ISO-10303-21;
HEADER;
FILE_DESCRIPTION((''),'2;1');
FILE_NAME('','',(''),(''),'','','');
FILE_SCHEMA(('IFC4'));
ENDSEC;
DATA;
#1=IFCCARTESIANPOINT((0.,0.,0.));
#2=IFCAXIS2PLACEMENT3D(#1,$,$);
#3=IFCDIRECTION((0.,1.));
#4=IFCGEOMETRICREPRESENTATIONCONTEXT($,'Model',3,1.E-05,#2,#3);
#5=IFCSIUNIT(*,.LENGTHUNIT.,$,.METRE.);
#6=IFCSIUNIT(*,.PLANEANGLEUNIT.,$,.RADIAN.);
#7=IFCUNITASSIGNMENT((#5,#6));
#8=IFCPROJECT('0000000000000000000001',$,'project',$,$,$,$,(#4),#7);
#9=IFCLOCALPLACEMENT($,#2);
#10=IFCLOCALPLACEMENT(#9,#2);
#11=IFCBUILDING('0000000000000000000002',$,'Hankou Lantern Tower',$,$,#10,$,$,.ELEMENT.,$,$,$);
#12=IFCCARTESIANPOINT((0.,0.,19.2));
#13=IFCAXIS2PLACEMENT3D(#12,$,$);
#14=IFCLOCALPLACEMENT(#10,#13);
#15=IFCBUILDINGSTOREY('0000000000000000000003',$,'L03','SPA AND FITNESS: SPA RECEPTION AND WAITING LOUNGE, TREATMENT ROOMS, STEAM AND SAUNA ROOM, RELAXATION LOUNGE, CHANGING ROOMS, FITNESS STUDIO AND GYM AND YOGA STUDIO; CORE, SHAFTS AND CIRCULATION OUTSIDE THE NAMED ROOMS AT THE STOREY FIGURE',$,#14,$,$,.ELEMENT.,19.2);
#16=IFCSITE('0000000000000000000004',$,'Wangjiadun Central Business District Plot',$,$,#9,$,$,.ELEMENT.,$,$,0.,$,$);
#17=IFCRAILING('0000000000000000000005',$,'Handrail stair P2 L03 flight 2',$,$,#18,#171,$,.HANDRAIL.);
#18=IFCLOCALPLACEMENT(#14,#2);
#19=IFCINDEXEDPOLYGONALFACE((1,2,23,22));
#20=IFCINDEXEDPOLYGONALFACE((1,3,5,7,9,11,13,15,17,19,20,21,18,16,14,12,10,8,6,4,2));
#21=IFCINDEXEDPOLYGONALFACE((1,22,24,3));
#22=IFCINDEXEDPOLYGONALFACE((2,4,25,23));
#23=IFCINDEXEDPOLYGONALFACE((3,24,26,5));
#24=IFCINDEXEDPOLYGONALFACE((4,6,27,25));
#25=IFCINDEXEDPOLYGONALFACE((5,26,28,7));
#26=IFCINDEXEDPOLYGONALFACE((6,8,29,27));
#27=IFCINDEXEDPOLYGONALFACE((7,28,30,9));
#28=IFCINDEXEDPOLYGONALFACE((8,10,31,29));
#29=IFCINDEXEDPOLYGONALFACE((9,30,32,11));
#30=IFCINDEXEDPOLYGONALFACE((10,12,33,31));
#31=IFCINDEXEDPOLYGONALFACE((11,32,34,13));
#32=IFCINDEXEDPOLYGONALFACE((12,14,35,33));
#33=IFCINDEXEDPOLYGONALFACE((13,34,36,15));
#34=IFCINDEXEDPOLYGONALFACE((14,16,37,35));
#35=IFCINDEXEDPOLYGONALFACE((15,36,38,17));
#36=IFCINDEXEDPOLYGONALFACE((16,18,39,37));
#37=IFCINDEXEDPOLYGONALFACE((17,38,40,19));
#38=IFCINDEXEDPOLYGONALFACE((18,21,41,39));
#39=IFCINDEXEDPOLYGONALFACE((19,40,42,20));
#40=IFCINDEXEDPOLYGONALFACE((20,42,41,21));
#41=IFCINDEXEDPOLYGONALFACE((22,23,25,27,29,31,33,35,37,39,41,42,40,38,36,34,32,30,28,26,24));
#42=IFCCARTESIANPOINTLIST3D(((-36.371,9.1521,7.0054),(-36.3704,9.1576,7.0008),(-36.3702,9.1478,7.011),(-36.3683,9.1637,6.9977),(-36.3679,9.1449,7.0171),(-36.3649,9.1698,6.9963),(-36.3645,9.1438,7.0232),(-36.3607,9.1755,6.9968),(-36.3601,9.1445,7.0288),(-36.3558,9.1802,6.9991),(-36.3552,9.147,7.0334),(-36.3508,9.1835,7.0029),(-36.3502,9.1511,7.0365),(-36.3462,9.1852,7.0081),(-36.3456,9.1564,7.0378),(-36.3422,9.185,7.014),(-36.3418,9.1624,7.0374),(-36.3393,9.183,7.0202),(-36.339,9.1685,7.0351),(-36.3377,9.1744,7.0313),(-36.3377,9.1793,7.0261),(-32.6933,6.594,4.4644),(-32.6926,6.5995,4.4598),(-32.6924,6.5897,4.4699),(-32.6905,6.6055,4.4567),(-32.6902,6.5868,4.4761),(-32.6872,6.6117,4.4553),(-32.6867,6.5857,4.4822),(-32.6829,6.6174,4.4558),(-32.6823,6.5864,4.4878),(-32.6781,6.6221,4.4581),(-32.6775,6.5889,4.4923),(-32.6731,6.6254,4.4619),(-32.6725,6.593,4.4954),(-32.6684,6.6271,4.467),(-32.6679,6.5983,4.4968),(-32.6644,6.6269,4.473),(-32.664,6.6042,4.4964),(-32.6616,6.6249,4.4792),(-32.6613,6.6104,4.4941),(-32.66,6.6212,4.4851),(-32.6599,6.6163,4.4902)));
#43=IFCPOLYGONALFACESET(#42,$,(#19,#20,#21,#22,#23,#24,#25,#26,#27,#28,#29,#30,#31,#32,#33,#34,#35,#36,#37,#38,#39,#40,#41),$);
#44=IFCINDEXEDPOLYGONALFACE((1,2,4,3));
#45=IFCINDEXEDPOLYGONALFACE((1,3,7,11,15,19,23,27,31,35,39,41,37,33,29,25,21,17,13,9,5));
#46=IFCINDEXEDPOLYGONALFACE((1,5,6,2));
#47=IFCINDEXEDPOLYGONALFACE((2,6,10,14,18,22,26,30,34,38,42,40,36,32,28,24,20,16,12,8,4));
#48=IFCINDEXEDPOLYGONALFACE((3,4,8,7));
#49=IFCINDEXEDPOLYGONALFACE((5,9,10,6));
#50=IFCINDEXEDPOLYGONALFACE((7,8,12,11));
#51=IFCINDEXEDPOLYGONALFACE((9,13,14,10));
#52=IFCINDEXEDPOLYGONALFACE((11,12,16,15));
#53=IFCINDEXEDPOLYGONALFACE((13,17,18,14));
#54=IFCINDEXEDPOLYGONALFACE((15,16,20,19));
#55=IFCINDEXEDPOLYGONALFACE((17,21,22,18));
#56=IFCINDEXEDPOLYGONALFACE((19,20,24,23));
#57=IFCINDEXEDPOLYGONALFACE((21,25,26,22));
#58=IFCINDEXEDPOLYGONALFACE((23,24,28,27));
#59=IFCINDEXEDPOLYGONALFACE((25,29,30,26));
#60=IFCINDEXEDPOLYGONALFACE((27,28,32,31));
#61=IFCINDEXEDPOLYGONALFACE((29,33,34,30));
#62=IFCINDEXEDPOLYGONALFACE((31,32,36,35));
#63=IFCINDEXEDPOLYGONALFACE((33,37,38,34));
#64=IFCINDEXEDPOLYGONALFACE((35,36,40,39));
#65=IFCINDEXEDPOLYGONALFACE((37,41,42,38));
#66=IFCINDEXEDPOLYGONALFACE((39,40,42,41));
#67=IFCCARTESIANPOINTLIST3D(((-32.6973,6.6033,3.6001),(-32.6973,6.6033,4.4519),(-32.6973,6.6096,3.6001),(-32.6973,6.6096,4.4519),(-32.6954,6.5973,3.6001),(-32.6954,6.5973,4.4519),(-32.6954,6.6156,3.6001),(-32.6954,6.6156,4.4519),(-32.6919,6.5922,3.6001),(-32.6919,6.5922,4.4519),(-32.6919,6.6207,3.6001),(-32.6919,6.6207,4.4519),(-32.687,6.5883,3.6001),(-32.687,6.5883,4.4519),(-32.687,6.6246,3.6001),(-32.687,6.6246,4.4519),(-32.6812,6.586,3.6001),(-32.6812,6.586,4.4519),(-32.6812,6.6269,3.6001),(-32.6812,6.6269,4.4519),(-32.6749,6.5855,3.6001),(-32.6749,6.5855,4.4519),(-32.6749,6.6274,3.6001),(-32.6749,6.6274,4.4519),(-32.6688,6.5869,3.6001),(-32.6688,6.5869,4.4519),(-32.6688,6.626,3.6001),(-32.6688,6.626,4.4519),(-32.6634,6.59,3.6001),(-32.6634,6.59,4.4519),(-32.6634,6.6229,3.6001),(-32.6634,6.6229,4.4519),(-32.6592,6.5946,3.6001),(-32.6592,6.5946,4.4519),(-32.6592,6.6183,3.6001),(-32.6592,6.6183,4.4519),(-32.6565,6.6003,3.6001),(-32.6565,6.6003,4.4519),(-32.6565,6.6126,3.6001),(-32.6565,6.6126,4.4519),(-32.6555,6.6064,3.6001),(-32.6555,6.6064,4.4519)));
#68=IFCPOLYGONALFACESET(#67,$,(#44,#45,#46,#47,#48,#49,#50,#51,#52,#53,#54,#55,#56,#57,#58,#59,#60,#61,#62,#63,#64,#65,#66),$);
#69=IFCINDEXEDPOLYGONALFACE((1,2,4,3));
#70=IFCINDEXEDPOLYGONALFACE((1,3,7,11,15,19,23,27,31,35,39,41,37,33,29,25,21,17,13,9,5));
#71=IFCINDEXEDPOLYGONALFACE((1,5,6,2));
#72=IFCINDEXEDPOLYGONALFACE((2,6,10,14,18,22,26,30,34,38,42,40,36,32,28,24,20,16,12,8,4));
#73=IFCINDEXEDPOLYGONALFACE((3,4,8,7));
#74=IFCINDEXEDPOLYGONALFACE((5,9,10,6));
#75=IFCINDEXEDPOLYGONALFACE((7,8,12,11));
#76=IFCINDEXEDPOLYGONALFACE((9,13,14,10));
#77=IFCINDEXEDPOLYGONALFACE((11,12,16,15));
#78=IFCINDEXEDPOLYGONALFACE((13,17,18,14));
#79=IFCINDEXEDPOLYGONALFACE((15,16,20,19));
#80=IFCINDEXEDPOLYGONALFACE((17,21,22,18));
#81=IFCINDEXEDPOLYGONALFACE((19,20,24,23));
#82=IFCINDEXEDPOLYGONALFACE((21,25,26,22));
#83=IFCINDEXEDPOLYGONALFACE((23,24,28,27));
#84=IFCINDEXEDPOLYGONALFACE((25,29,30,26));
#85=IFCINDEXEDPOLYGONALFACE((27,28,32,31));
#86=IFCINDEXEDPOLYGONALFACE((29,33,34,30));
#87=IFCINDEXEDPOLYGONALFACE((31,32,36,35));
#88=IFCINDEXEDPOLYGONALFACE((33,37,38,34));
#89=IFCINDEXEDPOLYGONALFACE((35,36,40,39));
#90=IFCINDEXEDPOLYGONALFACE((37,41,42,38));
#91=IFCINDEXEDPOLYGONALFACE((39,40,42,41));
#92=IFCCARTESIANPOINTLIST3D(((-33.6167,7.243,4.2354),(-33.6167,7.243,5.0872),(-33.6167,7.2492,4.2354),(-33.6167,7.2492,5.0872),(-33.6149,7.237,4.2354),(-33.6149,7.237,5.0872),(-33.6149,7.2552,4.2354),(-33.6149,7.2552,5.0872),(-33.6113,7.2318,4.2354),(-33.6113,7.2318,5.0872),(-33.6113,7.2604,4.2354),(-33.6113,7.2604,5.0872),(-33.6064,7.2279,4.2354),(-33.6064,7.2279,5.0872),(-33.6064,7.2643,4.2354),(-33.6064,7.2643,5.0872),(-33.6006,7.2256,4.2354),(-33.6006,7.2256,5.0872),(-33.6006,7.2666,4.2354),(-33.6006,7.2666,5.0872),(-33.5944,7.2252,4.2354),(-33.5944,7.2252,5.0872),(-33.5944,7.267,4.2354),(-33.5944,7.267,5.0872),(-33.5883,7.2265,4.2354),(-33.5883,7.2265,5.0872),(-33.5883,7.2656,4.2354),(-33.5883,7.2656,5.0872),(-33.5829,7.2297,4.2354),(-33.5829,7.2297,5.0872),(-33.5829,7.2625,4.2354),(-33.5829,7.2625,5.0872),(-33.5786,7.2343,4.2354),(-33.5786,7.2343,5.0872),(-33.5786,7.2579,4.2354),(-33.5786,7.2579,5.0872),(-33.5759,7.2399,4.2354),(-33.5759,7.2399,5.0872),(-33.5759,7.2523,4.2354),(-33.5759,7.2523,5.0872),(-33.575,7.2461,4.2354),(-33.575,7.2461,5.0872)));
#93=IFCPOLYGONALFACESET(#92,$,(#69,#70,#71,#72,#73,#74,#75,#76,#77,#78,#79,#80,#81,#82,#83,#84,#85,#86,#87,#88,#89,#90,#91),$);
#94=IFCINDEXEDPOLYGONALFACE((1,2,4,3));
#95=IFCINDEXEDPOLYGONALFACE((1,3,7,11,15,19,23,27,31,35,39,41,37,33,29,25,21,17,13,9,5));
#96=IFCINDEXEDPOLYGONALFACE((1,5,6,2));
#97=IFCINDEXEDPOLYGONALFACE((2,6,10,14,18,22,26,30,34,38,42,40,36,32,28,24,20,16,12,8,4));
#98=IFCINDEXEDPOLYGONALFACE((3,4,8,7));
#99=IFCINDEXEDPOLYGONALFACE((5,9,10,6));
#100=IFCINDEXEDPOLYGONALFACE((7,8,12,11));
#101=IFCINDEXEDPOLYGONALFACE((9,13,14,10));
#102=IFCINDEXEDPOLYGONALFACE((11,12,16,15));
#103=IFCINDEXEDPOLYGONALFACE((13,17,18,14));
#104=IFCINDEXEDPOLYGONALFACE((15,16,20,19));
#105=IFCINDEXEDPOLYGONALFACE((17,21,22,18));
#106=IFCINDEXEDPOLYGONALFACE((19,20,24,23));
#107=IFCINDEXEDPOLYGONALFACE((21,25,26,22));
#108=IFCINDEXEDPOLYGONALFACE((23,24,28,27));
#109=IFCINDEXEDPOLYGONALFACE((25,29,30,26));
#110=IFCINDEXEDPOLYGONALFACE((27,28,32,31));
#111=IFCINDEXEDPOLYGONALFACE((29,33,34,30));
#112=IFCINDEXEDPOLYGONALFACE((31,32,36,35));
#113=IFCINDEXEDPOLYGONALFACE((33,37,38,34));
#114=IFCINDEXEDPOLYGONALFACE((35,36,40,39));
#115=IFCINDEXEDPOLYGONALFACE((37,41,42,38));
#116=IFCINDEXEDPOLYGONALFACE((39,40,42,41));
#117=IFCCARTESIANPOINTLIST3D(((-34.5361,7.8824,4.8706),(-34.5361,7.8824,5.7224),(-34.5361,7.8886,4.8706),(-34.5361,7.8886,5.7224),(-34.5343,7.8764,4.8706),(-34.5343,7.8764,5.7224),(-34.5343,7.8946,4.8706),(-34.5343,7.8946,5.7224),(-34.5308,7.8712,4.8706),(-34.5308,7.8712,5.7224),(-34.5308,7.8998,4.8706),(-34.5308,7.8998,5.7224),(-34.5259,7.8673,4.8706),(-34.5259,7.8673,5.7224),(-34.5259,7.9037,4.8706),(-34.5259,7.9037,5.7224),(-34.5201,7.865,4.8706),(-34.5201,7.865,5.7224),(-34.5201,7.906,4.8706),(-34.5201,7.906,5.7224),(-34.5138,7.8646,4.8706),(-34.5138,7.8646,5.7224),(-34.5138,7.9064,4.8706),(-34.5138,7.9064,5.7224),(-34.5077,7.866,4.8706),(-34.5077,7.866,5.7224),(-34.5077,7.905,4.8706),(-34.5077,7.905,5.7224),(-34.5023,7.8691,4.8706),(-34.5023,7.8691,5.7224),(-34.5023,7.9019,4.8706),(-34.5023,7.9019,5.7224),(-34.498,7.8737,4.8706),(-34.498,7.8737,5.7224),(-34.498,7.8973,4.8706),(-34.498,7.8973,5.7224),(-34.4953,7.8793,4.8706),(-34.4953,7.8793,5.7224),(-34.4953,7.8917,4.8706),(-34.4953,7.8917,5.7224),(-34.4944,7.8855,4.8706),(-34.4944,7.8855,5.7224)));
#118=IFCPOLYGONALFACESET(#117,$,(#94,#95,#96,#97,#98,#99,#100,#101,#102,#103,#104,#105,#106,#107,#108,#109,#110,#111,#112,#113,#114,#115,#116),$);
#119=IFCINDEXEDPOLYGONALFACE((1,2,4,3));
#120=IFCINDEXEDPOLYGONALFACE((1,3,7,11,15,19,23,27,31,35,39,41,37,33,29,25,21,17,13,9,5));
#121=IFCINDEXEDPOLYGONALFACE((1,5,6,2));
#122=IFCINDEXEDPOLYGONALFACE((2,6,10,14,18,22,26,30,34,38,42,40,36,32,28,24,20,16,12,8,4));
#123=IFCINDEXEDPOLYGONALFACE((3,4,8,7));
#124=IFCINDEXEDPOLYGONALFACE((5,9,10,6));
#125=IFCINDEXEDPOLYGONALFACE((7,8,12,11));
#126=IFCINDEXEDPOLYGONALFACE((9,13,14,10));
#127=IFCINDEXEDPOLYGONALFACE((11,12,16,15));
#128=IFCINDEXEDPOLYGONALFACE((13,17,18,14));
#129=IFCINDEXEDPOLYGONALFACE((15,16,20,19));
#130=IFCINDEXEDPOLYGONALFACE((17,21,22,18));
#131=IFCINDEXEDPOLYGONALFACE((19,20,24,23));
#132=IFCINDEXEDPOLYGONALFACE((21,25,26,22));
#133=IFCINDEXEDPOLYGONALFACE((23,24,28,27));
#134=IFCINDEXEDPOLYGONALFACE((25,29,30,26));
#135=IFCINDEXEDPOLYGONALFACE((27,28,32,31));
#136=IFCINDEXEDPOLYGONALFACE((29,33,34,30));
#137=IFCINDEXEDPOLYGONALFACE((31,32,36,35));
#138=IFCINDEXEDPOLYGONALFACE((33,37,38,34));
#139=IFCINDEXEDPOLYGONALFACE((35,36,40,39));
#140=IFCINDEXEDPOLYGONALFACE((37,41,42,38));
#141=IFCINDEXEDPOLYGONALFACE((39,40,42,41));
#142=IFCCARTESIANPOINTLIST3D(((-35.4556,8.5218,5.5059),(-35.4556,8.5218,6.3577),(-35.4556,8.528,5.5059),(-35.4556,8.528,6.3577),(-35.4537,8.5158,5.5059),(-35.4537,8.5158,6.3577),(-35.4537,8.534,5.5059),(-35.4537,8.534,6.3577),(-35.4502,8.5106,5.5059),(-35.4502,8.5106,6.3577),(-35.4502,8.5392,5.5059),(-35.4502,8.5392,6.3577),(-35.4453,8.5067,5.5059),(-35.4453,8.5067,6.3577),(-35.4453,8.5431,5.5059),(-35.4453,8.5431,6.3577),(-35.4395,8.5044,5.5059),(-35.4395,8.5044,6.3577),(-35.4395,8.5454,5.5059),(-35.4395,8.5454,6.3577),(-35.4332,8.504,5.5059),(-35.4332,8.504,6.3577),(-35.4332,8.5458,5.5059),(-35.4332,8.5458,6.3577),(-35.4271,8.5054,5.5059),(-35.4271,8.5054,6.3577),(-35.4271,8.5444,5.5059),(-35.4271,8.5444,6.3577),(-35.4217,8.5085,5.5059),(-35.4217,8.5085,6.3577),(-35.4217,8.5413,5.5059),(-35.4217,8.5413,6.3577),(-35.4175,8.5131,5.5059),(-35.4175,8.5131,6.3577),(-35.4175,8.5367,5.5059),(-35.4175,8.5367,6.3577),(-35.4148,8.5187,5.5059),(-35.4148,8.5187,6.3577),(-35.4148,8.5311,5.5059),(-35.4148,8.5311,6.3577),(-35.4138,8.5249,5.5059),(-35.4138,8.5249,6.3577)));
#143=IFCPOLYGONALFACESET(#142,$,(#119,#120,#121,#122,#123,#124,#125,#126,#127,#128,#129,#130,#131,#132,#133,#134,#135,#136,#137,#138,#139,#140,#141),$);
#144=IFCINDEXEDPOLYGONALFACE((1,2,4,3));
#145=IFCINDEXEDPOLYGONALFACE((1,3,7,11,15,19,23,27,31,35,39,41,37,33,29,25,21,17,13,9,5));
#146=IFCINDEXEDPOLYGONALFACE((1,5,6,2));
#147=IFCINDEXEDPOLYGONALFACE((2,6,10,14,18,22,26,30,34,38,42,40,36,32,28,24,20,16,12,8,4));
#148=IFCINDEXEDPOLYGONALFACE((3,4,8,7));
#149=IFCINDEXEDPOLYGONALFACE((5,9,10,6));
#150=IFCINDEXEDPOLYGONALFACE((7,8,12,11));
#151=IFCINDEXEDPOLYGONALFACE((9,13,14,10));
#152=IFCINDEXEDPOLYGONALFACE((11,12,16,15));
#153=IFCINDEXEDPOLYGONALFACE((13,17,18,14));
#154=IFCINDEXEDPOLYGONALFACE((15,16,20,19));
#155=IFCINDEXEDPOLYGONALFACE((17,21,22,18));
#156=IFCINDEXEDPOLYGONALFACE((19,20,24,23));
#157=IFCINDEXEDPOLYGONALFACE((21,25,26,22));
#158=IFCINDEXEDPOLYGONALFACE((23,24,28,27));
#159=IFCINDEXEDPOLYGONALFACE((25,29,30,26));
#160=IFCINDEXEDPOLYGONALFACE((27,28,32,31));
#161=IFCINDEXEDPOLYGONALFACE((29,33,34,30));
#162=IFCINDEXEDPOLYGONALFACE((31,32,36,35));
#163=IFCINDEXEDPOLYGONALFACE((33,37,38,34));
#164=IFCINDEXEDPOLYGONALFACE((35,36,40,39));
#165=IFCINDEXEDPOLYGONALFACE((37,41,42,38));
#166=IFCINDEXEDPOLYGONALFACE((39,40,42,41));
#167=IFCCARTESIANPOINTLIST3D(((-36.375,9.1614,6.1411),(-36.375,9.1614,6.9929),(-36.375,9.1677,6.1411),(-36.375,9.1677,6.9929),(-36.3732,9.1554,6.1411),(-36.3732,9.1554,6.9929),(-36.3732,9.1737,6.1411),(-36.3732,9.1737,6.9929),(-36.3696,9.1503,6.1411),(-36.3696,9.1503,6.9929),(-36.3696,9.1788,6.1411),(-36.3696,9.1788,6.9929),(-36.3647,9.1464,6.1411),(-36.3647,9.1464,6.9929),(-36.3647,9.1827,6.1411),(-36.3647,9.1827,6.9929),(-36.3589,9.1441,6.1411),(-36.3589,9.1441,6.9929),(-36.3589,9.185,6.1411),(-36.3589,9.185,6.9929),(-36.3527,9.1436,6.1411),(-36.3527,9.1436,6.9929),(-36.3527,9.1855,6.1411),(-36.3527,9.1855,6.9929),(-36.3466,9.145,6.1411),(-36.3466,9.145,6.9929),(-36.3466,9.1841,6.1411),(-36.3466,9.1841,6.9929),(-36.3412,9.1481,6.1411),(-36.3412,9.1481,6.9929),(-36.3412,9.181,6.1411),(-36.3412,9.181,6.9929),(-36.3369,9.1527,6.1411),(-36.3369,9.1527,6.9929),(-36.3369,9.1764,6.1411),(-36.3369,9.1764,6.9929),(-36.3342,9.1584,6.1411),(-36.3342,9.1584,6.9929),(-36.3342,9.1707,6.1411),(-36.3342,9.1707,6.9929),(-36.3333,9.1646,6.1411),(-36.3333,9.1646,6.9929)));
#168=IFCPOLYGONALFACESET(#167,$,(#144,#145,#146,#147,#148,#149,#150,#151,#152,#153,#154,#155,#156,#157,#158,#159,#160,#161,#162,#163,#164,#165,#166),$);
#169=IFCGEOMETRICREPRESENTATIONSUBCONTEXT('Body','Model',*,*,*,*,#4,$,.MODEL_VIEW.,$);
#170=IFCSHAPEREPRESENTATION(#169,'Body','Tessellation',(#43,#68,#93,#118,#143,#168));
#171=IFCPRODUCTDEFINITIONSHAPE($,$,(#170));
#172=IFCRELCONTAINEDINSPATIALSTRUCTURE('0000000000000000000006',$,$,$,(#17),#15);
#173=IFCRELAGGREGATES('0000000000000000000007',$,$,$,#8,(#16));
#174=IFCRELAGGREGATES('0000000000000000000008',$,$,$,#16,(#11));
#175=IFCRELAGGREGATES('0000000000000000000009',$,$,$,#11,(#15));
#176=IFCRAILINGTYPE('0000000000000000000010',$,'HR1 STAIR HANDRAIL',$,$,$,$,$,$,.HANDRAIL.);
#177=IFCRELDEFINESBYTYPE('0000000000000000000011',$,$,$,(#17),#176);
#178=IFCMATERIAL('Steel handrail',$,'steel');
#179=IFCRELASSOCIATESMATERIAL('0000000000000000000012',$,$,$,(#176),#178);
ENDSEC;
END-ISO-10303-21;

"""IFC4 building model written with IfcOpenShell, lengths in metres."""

from ifc_helpers import new_model, si_unit, direction, frame, origin, origin_2d, place, context, subcontext, project, spatial, circle, extrude, material, type_object, element, save


model = new_model("IFC4")

# Units and contexts
model_context = context("Model", 3, precision=1e-05, world=origin(), true_north=direction((0.0, 1.0)))
body_context = subcontext(model_context, "Body", "Model", "MODEL_VIEW")
ifc_project = project(units=[si_unit("LENGTHUNIT", "METRE"), si_unit("PLANEANGLEUNIT", "RADIAN")], contexts=[model_context])

# Site, building, storey
site_placement = place(None, origin())
site = spatial("IfcSite", under=ifc_project, at=site_placement, Name="Wangjiadun Central Business District Plot", CompositionType="ELEMENT", RefElevation=0.0)
building_placement = place(site_placement, origin())
building = spatial("IfcBuilding", under=site, at=building_placement, Name="Hankou Lantern Tower", CompositionType="ELEMENT")
storey_placement = place(building_placement, frame((0.0, 0.0, 19.2)))
storey = spatial("IfcBuildingStorey", under=building, at=storey_placement, Name="L03", Description="SPA AND FITNESS: SPA RECEPTION AND WAITING LOUNGE, TREATMENT ROOMS, STEAM AND SAUNA ROOM, RELAXATION LOUNGE, CHANGING ROOMS, FITNESS STUDIO AND GYM AND YOGA STUDIO; CORE, SHAFTS AND CIRCULATION OUTSIDE THE NAMED ROOMS AT THE STOREY FIGURE", CompositionType="ELEMENT", Elevation=19.2)

# Railing
ifc_material_1 = material(Name="Steel handrail", Category="steel")
railing_type = type_object("IfcRailingType", Name="HR1 STAIR HANDRAIL", PredefinedType="HANDRAIL", material=ifc_material_1)
railing_placement = place(storey_placement, frame((-32.6765, 6.6064, 3.6001)))
element("IfcRailing", 1, at=railing_placement, inside=storey, type_object=railing_type, Name="Handrail stair P2 L03 flight 2", PredefinedType="HANDRAIL", context=body_context, shape_type="SweptSolid", body=[
    extrude(circle(Radius=0.0239, at=origin_2d()), frame((0.0, 0.0, 0.876), z_axis=(-0.714071, 0.496683, 0.493365), x_axis=(-0.571017, -0.820939, 0.0)), (0.0, 0.0, 1.0), 5.1504),
    extrude(circle(Radius=0.021, at=origin_2d()), origin(), (0.0, 0.0, 1.0), 0.8518),
    extrude(circle(Radius=0.021, at=origin_2d()), frame((-0.9194, 0.6396, 0.6353)), (0.0, 0.0, 1.0), 0.8518),
    extrude(circle(Radius=0.021, at=origin_2d()), frame((-1.8389, 1.2791, 1.2705)), (0.0, 0.0, 1.0), 0.8518),
    extrude(circle(Radius=0.021, at=origin_2d()), frame((-2.7583, 1.9185, 1.9058)), (0.0, 0.0, 1.0), 0.8518),
    extrude(circle(Radius=0.021, at=origin_2d()), frame((-3.6777, 2.5581, 2.541)), (0.0, 0.0, 1.0), 0.8518),
])

save(model, "model.ifc")
